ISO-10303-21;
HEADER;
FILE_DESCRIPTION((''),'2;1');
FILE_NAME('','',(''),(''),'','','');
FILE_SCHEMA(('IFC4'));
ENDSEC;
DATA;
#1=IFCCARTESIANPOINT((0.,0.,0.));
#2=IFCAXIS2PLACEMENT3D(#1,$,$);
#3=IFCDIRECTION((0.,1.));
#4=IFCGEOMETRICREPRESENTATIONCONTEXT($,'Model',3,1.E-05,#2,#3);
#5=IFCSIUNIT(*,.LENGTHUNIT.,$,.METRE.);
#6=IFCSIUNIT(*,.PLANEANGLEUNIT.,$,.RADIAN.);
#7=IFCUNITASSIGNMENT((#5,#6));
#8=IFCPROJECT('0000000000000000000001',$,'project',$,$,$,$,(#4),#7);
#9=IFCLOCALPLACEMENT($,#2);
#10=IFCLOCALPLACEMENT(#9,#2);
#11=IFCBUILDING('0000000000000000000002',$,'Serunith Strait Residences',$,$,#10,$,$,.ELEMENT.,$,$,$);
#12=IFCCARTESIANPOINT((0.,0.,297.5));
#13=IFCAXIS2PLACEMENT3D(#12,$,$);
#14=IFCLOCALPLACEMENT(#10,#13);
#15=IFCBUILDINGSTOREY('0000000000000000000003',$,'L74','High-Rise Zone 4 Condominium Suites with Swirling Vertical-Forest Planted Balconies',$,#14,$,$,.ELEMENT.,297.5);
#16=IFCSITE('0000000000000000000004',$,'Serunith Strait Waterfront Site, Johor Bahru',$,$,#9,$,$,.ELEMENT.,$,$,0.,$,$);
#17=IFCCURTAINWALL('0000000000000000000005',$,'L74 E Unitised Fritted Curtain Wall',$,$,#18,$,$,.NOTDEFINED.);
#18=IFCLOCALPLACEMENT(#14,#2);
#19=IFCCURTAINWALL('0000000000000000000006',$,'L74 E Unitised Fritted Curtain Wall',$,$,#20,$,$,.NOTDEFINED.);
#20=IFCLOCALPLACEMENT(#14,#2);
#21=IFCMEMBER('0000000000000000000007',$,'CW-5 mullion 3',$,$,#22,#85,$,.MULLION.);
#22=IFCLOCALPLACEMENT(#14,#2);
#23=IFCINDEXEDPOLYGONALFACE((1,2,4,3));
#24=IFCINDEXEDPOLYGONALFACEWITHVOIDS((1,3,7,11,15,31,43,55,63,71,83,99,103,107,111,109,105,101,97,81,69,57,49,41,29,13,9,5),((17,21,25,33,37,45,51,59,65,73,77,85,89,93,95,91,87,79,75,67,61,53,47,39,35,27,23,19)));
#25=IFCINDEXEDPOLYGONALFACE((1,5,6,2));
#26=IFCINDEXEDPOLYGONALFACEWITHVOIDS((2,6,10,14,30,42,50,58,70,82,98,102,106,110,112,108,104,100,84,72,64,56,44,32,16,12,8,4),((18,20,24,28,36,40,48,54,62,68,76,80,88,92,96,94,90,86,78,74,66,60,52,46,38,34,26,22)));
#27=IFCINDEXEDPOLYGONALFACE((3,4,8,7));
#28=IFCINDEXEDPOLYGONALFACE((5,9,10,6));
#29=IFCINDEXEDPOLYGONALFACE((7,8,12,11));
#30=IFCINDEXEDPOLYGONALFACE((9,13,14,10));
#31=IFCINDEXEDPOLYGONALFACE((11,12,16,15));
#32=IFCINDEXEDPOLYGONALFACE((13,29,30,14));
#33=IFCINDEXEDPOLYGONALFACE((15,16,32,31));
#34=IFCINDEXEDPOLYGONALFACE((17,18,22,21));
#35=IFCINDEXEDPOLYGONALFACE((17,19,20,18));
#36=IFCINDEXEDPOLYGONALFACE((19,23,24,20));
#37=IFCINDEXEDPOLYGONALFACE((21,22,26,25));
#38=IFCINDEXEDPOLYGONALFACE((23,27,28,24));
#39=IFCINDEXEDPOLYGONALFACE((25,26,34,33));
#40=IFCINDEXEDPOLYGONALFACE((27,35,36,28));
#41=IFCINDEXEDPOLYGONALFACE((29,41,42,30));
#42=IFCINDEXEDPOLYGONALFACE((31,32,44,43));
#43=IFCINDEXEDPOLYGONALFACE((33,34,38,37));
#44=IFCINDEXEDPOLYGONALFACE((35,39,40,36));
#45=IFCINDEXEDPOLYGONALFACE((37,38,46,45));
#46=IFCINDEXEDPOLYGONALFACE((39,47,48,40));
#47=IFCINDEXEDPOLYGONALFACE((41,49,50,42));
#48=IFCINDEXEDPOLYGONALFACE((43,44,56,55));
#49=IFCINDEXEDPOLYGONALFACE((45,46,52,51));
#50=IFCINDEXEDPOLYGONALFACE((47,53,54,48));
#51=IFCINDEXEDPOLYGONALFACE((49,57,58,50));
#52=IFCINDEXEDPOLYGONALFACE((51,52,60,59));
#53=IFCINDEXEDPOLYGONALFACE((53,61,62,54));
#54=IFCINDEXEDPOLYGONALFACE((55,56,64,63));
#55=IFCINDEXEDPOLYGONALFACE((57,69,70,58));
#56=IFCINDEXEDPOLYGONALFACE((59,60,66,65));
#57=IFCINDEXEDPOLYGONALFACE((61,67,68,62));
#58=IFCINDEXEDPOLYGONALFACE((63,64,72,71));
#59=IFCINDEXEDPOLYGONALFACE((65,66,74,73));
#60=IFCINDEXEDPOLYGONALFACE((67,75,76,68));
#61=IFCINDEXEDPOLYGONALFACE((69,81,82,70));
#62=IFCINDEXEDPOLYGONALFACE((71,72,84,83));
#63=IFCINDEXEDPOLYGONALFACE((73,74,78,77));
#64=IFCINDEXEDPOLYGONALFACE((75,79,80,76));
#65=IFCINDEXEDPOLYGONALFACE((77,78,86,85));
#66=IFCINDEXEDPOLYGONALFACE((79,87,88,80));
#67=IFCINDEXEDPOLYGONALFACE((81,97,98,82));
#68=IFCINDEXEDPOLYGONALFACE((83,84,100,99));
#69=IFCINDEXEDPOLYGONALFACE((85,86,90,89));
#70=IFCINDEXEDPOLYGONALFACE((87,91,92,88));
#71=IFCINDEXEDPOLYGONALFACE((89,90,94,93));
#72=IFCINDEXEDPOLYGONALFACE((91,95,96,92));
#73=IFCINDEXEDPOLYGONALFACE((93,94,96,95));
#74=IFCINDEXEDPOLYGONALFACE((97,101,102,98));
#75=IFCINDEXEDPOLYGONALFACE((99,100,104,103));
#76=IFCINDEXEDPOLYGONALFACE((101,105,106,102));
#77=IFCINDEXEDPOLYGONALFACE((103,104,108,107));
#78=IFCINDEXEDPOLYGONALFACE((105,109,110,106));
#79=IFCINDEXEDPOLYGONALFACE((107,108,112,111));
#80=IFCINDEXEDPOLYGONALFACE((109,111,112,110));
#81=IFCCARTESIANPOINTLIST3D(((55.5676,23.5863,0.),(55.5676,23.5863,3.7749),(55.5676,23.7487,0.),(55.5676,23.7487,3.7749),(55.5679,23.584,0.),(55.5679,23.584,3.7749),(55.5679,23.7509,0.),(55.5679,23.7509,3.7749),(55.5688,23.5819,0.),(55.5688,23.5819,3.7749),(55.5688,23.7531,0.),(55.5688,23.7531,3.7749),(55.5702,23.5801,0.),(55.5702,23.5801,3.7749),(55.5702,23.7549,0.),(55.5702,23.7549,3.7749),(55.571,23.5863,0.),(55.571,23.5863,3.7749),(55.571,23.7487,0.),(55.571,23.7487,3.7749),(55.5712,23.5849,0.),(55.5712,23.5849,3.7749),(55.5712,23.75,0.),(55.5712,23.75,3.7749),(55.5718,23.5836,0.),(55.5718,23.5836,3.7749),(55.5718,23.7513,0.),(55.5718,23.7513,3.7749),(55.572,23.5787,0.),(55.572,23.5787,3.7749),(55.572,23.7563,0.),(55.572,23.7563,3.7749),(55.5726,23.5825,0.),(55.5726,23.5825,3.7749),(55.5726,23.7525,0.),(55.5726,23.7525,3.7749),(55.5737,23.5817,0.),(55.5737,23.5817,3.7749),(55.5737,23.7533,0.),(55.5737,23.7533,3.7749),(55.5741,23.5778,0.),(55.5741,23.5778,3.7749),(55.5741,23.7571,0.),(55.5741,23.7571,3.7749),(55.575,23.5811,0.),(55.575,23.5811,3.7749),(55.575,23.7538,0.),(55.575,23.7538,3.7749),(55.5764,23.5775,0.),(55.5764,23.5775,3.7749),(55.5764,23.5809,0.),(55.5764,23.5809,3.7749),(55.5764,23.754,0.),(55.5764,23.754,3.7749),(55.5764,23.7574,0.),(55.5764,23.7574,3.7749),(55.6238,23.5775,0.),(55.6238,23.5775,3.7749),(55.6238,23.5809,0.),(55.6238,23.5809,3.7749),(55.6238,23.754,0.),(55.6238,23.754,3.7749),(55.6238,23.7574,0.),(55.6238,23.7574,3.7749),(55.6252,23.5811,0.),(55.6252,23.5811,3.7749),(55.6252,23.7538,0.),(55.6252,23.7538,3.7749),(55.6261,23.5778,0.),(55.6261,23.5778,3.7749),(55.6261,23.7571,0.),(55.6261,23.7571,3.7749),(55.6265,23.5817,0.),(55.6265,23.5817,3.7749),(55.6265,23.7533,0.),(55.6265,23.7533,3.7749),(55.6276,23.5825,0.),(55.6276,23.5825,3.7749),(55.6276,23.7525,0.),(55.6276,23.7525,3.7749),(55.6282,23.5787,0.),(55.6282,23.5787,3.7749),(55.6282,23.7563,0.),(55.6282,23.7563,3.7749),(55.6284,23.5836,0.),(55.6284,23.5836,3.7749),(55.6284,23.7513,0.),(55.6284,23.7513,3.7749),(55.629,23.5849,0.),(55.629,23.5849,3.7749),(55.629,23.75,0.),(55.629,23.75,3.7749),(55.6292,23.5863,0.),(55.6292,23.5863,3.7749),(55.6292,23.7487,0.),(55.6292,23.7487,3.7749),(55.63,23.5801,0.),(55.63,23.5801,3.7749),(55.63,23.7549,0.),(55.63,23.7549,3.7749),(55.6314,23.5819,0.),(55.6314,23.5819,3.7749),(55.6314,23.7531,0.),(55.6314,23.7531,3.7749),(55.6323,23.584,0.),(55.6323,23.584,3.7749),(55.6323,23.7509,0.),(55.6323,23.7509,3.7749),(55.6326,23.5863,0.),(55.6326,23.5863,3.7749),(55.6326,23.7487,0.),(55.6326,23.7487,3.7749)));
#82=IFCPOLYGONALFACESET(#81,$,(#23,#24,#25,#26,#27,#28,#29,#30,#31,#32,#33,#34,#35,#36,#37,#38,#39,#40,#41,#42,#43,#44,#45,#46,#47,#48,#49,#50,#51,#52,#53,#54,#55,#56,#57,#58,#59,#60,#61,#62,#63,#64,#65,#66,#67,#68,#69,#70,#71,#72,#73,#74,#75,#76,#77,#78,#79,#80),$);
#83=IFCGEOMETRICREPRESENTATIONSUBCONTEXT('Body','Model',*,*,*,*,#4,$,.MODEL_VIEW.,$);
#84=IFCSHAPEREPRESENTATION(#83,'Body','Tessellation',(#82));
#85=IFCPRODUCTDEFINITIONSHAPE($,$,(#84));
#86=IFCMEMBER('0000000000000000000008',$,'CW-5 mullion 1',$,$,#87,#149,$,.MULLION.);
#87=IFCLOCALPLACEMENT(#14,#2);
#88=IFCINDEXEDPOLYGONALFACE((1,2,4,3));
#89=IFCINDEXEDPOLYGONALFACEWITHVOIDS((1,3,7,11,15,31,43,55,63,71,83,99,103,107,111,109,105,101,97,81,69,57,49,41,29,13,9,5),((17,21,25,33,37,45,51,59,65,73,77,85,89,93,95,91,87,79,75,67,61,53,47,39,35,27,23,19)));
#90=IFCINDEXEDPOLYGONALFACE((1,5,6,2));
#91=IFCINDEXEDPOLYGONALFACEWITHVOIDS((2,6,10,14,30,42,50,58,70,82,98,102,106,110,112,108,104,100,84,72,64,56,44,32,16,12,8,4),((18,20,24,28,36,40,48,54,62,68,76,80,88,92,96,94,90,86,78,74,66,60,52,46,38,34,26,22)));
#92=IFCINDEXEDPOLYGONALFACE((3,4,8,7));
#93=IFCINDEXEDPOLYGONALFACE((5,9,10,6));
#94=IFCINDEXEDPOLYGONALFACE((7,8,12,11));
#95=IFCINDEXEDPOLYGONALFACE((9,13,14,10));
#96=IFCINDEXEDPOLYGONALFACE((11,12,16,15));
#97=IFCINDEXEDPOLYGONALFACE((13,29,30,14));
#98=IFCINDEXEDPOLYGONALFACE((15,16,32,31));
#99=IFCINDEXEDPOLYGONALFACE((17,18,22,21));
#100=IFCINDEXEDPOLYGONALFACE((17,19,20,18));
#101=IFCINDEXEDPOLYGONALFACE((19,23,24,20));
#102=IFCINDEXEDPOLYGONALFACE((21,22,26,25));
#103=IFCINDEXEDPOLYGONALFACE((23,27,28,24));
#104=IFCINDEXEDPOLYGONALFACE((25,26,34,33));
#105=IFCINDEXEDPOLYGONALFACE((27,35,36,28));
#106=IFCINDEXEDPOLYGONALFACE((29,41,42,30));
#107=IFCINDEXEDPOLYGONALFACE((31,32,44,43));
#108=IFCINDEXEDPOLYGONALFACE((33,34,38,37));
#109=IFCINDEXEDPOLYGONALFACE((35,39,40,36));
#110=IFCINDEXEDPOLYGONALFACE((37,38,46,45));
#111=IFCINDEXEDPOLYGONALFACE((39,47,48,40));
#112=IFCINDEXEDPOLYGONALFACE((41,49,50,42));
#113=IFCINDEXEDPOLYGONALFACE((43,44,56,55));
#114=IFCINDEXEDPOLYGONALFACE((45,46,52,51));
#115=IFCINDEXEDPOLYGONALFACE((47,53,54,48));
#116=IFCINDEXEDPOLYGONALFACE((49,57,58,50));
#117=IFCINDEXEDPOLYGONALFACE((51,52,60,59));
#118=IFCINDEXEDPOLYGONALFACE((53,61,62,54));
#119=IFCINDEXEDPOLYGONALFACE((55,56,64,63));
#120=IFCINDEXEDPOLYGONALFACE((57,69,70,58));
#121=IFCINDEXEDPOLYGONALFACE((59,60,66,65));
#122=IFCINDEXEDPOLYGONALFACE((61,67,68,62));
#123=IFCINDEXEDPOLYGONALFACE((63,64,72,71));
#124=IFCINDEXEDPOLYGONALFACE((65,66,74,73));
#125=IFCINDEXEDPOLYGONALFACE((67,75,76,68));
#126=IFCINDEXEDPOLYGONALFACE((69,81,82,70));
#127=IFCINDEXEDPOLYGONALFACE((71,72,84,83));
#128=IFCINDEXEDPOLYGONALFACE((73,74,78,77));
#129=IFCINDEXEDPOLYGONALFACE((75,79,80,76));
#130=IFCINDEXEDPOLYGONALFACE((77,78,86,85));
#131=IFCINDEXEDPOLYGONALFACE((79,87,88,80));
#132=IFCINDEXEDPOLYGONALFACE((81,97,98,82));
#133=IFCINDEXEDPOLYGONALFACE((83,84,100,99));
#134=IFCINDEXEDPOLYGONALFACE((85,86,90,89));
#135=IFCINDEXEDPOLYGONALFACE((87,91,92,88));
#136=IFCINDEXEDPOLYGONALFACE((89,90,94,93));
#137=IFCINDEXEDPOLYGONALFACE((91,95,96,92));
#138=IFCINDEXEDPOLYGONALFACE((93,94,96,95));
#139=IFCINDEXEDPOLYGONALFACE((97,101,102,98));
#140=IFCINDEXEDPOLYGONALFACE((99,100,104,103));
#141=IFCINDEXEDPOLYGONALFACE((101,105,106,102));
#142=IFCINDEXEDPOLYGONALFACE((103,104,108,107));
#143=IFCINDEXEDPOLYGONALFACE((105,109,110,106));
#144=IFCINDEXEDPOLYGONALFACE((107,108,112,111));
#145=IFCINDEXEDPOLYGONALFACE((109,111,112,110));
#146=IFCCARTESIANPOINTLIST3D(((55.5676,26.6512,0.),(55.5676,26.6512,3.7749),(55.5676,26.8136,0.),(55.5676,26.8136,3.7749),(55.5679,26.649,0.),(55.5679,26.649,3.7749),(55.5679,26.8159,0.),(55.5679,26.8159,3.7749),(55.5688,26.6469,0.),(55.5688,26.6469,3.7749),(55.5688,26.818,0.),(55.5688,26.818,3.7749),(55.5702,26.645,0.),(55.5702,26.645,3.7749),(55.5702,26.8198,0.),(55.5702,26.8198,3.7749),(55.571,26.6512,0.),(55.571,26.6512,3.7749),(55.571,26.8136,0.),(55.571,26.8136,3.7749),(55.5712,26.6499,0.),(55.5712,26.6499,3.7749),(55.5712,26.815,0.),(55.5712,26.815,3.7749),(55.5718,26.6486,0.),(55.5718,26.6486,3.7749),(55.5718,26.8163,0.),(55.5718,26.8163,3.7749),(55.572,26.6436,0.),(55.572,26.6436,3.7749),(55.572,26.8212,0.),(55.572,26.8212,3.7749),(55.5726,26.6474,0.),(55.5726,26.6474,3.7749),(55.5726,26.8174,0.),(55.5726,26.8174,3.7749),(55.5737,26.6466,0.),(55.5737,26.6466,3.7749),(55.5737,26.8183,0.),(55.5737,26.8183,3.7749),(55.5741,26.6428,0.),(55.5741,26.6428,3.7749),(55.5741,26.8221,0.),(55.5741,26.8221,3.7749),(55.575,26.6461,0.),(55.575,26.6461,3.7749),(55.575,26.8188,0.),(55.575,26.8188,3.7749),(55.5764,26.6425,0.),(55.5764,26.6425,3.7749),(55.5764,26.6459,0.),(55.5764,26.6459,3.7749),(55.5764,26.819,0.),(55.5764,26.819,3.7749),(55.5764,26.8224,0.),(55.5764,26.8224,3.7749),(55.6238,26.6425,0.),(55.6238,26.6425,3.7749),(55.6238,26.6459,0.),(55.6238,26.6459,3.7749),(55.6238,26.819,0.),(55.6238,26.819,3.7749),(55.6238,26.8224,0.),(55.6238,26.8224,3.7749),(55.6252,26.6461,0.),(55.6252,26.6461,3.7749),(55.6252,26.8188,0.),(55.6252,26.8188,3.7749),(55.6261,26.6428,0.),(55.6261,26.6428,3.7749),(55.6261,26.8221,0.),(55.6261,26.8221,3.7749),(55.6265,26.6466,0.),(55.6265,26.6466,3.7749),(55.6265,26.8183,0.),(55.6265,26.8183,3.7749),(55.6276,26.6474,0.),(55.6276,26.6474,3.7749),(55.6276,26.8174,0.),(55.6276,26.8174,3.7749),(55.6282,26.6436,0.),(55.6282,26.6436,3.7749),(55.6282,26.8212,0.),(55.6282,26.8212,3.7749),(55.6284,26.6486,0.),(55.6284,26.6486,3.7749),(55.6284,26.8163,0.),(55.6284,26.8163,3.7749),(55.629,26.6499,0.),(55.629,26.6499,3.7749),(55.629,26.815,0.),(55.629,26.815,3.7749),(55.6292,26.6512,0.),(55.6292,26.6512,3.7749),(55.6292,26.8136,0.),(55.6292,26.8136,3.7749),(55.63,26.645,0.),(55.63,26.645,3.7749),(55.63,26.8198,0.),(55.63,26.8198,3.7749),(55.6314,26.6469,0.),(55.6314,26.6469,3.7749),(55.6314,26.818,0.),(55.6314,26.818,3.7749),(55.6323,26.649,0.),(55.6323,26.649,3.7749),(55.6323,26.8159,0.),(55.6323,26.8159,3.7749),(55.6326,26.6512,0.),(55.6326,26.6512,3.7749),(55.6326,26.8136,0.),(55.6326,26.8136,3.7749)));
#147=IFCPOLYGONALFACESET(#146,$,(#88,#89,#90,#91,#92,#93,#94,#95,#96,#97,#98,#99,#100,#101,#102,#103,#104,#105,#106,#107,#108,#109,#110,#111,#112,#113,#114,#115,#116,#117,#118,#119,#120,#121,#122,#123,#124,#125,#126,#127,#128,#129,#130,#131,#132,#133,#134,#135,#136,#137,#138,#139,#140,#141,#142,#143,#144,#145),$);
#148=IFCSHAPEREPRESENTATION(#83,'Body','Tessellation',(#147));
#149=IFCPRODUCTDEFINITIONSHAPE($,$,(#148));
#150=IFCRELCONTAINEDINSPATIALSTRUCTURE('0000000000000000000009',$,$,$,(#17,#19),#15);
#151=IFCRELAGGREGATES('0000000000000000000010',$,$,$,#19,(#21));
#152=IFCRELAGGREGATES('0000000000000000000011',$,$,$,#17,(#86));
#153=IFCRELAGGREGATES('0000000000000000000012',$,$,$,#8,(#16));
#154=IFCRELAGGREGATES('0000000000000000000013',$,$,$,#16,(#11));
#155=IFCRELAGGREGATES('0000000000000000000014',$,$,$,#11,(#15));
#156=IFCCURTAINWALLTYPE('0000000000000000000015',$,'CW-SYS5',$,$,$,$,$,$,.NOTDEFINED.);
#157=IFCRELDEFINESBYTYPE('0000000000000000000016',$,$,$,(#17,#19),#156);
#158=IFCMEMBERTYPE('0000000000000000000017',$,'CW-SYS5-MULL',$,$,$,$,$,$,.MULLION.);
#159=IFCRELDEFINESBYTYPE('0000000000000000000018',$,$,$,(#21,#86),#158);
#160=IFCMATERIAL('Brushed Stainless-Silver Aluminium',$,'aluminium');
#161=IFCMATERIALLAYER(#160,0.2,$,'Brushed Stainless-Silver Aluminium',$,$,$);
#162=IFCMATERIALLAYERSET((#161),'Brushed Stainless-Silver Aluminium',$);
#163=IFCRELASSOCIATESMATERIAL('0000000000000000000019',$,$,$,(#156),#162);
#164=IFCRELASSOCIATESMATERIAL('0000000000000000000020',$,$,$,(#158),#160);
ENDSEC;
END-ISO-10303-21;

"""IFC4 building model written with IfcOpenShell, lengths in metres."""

from ifc_helpers import new_model, si_unit, direction, frame, origin, origin_2d, place, context, subcontext, project, spatial, hollow_rectangle, extrude, source, transform, mapped, material, layer, layer_set, material_profile, profile_set, type_object, element, aggregate, save


model = new_model("IFC4")

# Units and contexts
model_context = context("Model", 3, precision=1e-05, world=origin(), true_north=direction((0.0, 1.0)))
body_context = subcontext(model_context, "Body", "Model", "MODEL_VIEW")
ifc_project = project(units=[si_unit("LENGTHUNIT", "METRE"), si_unit("PLANEANGLEUNIT", "RADIAN")], contexts=[model_context])

# Site, building, storey
site_placement = place(None, origin())
site = spatial("IfcSite", under=ifc_project, at=site_placement, Name="Serunith Strait Waterfront Site, Johor Bahru", CompositionType="ELEMENT", RefElevation=0.0)
building_placement = place(site_placement, origin())
building = spatial("IfcBuilding", under=site, at=building_placement, Name="Serunith Strait Residences", CompositionType="ELEMENT")
storey_placement = place(building_placement, frame((0.0, 0.0, 297.5)))
storey = spatial("IfcBuildingStorey", under=building, at=storey_placement, Name="L74", Description="High-Rise Zone 4 Condominium Suites with Swirling Vertical-Forest Planted Balconies", CompositionType="ELEMENT", Elevation=297.5)

# Curtain wall
ifc_material_1 = material(Name="Brushed Stainless-Silver Aluminium", Category="aluminium")
ifc_layer_1 = layer(ifc_material_1, 0.2, Name="Brushed Stainless-Silver Aluminium")
ifc_layer_set_1 = layer_set([ifc_layer_1], Name="Brushed Stainless-Silver Aluminium")
curtain_wall_type = type_object("IfcCurtainWallType", Name="CW-SYS5", PredefinedType="NOTDEFINED", material=ifc_layer_set_1)
curtain_wall_1_placement = place(storey_placement, origin())
curtain_wall_1 = element("IfcCurtainWall", 1, at=curtain_wall_1_placement, inside=storey, type_object=curtain_wall_type, Name="L74 E Unitised Fritted Curtain Wall", PredefinedType="NOTDEFINED")

# Curtain wall, member
curtain_wall_2_placement = place(storey_placement, origin())
curtain_wall_2 = element("IfcCurtainWall", 2, at=curtain_wall_2_placement, inside=storey, type_object=curtain_wall_type, Name="L74 E Unitised Fritted Curtain Wall", PredefinedType="NOTDEFINED")
ifc_material_profile_1 = material_profile(ifc_material_1, hollow_rectangle(XDim=0.0649, YDim=0.1799, WallThickness=0.0034, InnerFilletRadius=0.0054, OuterFilletRadius=0.0088, at=origin_2d()), Name="ALU 180x65x3.5")
ifc_profile_set_1 = profile_set([ifc_material_profile_1], Name="Brushed Stainless-Silver Aluminium")
member_type_1 = type_object("IfcMemberType", Name="CW-SYS5-MULL", PredefinedType="MULLION", material=ifc_profile_set_1)
shared_shape_1 = source(origin(), body_context, "Body", "SweptSolid", [
    extrude(hollow_rectangle(XDim=0.0649, YDim=0.1799, WallThickness=0.0034, InnerFilletRadius=0.0054, OuterFilletRadius=0.0088, at=origin_2d()), origin(), (0.0, 0.0, 1.0), 3.7749),
])
member_1_placement = place(storey_placement, frame((55.6001, 23.6675, 0.0), z_axis=(0.0, 0.0, 1.0), x_axis=(-1.0, 0.0, 0.0)))
member_1 = element("IfcMember", 3, at=member_1_placement, type_object=member_type_1, Name="CW-5 mullion 3", PredefinedType="MULLION", context=body_context, shape_type="MappedRepresentation", body=[
    mapped(shared_shape_1, transform((0.0, 0.0, 0.0), scale=1.0)),
])
aggregate(curtain_wall_2, [member_1])

# Member
member_2_placement = place(storey_placement, frame((55.6001, 26.7324, 0.0), z_axis=(0.0, 0.0, 1.0), x_axis=(-1.0, 0.0, 0.0)))
member_2 = element("IfcMember", 4, at=member_2_placement, type_object=member_type_1, Name="CW-5 mullion 1", PredefinedType="MULLION", context=body_context, shape_type="MappedRepresentation", body=[
    mapped(shared_shape_1, transform((0.0, 0.0, 0.0), scale=1.0)),
])

aggregate(curtain_wall_1, [member_2])

save(model, "model.ifc")
